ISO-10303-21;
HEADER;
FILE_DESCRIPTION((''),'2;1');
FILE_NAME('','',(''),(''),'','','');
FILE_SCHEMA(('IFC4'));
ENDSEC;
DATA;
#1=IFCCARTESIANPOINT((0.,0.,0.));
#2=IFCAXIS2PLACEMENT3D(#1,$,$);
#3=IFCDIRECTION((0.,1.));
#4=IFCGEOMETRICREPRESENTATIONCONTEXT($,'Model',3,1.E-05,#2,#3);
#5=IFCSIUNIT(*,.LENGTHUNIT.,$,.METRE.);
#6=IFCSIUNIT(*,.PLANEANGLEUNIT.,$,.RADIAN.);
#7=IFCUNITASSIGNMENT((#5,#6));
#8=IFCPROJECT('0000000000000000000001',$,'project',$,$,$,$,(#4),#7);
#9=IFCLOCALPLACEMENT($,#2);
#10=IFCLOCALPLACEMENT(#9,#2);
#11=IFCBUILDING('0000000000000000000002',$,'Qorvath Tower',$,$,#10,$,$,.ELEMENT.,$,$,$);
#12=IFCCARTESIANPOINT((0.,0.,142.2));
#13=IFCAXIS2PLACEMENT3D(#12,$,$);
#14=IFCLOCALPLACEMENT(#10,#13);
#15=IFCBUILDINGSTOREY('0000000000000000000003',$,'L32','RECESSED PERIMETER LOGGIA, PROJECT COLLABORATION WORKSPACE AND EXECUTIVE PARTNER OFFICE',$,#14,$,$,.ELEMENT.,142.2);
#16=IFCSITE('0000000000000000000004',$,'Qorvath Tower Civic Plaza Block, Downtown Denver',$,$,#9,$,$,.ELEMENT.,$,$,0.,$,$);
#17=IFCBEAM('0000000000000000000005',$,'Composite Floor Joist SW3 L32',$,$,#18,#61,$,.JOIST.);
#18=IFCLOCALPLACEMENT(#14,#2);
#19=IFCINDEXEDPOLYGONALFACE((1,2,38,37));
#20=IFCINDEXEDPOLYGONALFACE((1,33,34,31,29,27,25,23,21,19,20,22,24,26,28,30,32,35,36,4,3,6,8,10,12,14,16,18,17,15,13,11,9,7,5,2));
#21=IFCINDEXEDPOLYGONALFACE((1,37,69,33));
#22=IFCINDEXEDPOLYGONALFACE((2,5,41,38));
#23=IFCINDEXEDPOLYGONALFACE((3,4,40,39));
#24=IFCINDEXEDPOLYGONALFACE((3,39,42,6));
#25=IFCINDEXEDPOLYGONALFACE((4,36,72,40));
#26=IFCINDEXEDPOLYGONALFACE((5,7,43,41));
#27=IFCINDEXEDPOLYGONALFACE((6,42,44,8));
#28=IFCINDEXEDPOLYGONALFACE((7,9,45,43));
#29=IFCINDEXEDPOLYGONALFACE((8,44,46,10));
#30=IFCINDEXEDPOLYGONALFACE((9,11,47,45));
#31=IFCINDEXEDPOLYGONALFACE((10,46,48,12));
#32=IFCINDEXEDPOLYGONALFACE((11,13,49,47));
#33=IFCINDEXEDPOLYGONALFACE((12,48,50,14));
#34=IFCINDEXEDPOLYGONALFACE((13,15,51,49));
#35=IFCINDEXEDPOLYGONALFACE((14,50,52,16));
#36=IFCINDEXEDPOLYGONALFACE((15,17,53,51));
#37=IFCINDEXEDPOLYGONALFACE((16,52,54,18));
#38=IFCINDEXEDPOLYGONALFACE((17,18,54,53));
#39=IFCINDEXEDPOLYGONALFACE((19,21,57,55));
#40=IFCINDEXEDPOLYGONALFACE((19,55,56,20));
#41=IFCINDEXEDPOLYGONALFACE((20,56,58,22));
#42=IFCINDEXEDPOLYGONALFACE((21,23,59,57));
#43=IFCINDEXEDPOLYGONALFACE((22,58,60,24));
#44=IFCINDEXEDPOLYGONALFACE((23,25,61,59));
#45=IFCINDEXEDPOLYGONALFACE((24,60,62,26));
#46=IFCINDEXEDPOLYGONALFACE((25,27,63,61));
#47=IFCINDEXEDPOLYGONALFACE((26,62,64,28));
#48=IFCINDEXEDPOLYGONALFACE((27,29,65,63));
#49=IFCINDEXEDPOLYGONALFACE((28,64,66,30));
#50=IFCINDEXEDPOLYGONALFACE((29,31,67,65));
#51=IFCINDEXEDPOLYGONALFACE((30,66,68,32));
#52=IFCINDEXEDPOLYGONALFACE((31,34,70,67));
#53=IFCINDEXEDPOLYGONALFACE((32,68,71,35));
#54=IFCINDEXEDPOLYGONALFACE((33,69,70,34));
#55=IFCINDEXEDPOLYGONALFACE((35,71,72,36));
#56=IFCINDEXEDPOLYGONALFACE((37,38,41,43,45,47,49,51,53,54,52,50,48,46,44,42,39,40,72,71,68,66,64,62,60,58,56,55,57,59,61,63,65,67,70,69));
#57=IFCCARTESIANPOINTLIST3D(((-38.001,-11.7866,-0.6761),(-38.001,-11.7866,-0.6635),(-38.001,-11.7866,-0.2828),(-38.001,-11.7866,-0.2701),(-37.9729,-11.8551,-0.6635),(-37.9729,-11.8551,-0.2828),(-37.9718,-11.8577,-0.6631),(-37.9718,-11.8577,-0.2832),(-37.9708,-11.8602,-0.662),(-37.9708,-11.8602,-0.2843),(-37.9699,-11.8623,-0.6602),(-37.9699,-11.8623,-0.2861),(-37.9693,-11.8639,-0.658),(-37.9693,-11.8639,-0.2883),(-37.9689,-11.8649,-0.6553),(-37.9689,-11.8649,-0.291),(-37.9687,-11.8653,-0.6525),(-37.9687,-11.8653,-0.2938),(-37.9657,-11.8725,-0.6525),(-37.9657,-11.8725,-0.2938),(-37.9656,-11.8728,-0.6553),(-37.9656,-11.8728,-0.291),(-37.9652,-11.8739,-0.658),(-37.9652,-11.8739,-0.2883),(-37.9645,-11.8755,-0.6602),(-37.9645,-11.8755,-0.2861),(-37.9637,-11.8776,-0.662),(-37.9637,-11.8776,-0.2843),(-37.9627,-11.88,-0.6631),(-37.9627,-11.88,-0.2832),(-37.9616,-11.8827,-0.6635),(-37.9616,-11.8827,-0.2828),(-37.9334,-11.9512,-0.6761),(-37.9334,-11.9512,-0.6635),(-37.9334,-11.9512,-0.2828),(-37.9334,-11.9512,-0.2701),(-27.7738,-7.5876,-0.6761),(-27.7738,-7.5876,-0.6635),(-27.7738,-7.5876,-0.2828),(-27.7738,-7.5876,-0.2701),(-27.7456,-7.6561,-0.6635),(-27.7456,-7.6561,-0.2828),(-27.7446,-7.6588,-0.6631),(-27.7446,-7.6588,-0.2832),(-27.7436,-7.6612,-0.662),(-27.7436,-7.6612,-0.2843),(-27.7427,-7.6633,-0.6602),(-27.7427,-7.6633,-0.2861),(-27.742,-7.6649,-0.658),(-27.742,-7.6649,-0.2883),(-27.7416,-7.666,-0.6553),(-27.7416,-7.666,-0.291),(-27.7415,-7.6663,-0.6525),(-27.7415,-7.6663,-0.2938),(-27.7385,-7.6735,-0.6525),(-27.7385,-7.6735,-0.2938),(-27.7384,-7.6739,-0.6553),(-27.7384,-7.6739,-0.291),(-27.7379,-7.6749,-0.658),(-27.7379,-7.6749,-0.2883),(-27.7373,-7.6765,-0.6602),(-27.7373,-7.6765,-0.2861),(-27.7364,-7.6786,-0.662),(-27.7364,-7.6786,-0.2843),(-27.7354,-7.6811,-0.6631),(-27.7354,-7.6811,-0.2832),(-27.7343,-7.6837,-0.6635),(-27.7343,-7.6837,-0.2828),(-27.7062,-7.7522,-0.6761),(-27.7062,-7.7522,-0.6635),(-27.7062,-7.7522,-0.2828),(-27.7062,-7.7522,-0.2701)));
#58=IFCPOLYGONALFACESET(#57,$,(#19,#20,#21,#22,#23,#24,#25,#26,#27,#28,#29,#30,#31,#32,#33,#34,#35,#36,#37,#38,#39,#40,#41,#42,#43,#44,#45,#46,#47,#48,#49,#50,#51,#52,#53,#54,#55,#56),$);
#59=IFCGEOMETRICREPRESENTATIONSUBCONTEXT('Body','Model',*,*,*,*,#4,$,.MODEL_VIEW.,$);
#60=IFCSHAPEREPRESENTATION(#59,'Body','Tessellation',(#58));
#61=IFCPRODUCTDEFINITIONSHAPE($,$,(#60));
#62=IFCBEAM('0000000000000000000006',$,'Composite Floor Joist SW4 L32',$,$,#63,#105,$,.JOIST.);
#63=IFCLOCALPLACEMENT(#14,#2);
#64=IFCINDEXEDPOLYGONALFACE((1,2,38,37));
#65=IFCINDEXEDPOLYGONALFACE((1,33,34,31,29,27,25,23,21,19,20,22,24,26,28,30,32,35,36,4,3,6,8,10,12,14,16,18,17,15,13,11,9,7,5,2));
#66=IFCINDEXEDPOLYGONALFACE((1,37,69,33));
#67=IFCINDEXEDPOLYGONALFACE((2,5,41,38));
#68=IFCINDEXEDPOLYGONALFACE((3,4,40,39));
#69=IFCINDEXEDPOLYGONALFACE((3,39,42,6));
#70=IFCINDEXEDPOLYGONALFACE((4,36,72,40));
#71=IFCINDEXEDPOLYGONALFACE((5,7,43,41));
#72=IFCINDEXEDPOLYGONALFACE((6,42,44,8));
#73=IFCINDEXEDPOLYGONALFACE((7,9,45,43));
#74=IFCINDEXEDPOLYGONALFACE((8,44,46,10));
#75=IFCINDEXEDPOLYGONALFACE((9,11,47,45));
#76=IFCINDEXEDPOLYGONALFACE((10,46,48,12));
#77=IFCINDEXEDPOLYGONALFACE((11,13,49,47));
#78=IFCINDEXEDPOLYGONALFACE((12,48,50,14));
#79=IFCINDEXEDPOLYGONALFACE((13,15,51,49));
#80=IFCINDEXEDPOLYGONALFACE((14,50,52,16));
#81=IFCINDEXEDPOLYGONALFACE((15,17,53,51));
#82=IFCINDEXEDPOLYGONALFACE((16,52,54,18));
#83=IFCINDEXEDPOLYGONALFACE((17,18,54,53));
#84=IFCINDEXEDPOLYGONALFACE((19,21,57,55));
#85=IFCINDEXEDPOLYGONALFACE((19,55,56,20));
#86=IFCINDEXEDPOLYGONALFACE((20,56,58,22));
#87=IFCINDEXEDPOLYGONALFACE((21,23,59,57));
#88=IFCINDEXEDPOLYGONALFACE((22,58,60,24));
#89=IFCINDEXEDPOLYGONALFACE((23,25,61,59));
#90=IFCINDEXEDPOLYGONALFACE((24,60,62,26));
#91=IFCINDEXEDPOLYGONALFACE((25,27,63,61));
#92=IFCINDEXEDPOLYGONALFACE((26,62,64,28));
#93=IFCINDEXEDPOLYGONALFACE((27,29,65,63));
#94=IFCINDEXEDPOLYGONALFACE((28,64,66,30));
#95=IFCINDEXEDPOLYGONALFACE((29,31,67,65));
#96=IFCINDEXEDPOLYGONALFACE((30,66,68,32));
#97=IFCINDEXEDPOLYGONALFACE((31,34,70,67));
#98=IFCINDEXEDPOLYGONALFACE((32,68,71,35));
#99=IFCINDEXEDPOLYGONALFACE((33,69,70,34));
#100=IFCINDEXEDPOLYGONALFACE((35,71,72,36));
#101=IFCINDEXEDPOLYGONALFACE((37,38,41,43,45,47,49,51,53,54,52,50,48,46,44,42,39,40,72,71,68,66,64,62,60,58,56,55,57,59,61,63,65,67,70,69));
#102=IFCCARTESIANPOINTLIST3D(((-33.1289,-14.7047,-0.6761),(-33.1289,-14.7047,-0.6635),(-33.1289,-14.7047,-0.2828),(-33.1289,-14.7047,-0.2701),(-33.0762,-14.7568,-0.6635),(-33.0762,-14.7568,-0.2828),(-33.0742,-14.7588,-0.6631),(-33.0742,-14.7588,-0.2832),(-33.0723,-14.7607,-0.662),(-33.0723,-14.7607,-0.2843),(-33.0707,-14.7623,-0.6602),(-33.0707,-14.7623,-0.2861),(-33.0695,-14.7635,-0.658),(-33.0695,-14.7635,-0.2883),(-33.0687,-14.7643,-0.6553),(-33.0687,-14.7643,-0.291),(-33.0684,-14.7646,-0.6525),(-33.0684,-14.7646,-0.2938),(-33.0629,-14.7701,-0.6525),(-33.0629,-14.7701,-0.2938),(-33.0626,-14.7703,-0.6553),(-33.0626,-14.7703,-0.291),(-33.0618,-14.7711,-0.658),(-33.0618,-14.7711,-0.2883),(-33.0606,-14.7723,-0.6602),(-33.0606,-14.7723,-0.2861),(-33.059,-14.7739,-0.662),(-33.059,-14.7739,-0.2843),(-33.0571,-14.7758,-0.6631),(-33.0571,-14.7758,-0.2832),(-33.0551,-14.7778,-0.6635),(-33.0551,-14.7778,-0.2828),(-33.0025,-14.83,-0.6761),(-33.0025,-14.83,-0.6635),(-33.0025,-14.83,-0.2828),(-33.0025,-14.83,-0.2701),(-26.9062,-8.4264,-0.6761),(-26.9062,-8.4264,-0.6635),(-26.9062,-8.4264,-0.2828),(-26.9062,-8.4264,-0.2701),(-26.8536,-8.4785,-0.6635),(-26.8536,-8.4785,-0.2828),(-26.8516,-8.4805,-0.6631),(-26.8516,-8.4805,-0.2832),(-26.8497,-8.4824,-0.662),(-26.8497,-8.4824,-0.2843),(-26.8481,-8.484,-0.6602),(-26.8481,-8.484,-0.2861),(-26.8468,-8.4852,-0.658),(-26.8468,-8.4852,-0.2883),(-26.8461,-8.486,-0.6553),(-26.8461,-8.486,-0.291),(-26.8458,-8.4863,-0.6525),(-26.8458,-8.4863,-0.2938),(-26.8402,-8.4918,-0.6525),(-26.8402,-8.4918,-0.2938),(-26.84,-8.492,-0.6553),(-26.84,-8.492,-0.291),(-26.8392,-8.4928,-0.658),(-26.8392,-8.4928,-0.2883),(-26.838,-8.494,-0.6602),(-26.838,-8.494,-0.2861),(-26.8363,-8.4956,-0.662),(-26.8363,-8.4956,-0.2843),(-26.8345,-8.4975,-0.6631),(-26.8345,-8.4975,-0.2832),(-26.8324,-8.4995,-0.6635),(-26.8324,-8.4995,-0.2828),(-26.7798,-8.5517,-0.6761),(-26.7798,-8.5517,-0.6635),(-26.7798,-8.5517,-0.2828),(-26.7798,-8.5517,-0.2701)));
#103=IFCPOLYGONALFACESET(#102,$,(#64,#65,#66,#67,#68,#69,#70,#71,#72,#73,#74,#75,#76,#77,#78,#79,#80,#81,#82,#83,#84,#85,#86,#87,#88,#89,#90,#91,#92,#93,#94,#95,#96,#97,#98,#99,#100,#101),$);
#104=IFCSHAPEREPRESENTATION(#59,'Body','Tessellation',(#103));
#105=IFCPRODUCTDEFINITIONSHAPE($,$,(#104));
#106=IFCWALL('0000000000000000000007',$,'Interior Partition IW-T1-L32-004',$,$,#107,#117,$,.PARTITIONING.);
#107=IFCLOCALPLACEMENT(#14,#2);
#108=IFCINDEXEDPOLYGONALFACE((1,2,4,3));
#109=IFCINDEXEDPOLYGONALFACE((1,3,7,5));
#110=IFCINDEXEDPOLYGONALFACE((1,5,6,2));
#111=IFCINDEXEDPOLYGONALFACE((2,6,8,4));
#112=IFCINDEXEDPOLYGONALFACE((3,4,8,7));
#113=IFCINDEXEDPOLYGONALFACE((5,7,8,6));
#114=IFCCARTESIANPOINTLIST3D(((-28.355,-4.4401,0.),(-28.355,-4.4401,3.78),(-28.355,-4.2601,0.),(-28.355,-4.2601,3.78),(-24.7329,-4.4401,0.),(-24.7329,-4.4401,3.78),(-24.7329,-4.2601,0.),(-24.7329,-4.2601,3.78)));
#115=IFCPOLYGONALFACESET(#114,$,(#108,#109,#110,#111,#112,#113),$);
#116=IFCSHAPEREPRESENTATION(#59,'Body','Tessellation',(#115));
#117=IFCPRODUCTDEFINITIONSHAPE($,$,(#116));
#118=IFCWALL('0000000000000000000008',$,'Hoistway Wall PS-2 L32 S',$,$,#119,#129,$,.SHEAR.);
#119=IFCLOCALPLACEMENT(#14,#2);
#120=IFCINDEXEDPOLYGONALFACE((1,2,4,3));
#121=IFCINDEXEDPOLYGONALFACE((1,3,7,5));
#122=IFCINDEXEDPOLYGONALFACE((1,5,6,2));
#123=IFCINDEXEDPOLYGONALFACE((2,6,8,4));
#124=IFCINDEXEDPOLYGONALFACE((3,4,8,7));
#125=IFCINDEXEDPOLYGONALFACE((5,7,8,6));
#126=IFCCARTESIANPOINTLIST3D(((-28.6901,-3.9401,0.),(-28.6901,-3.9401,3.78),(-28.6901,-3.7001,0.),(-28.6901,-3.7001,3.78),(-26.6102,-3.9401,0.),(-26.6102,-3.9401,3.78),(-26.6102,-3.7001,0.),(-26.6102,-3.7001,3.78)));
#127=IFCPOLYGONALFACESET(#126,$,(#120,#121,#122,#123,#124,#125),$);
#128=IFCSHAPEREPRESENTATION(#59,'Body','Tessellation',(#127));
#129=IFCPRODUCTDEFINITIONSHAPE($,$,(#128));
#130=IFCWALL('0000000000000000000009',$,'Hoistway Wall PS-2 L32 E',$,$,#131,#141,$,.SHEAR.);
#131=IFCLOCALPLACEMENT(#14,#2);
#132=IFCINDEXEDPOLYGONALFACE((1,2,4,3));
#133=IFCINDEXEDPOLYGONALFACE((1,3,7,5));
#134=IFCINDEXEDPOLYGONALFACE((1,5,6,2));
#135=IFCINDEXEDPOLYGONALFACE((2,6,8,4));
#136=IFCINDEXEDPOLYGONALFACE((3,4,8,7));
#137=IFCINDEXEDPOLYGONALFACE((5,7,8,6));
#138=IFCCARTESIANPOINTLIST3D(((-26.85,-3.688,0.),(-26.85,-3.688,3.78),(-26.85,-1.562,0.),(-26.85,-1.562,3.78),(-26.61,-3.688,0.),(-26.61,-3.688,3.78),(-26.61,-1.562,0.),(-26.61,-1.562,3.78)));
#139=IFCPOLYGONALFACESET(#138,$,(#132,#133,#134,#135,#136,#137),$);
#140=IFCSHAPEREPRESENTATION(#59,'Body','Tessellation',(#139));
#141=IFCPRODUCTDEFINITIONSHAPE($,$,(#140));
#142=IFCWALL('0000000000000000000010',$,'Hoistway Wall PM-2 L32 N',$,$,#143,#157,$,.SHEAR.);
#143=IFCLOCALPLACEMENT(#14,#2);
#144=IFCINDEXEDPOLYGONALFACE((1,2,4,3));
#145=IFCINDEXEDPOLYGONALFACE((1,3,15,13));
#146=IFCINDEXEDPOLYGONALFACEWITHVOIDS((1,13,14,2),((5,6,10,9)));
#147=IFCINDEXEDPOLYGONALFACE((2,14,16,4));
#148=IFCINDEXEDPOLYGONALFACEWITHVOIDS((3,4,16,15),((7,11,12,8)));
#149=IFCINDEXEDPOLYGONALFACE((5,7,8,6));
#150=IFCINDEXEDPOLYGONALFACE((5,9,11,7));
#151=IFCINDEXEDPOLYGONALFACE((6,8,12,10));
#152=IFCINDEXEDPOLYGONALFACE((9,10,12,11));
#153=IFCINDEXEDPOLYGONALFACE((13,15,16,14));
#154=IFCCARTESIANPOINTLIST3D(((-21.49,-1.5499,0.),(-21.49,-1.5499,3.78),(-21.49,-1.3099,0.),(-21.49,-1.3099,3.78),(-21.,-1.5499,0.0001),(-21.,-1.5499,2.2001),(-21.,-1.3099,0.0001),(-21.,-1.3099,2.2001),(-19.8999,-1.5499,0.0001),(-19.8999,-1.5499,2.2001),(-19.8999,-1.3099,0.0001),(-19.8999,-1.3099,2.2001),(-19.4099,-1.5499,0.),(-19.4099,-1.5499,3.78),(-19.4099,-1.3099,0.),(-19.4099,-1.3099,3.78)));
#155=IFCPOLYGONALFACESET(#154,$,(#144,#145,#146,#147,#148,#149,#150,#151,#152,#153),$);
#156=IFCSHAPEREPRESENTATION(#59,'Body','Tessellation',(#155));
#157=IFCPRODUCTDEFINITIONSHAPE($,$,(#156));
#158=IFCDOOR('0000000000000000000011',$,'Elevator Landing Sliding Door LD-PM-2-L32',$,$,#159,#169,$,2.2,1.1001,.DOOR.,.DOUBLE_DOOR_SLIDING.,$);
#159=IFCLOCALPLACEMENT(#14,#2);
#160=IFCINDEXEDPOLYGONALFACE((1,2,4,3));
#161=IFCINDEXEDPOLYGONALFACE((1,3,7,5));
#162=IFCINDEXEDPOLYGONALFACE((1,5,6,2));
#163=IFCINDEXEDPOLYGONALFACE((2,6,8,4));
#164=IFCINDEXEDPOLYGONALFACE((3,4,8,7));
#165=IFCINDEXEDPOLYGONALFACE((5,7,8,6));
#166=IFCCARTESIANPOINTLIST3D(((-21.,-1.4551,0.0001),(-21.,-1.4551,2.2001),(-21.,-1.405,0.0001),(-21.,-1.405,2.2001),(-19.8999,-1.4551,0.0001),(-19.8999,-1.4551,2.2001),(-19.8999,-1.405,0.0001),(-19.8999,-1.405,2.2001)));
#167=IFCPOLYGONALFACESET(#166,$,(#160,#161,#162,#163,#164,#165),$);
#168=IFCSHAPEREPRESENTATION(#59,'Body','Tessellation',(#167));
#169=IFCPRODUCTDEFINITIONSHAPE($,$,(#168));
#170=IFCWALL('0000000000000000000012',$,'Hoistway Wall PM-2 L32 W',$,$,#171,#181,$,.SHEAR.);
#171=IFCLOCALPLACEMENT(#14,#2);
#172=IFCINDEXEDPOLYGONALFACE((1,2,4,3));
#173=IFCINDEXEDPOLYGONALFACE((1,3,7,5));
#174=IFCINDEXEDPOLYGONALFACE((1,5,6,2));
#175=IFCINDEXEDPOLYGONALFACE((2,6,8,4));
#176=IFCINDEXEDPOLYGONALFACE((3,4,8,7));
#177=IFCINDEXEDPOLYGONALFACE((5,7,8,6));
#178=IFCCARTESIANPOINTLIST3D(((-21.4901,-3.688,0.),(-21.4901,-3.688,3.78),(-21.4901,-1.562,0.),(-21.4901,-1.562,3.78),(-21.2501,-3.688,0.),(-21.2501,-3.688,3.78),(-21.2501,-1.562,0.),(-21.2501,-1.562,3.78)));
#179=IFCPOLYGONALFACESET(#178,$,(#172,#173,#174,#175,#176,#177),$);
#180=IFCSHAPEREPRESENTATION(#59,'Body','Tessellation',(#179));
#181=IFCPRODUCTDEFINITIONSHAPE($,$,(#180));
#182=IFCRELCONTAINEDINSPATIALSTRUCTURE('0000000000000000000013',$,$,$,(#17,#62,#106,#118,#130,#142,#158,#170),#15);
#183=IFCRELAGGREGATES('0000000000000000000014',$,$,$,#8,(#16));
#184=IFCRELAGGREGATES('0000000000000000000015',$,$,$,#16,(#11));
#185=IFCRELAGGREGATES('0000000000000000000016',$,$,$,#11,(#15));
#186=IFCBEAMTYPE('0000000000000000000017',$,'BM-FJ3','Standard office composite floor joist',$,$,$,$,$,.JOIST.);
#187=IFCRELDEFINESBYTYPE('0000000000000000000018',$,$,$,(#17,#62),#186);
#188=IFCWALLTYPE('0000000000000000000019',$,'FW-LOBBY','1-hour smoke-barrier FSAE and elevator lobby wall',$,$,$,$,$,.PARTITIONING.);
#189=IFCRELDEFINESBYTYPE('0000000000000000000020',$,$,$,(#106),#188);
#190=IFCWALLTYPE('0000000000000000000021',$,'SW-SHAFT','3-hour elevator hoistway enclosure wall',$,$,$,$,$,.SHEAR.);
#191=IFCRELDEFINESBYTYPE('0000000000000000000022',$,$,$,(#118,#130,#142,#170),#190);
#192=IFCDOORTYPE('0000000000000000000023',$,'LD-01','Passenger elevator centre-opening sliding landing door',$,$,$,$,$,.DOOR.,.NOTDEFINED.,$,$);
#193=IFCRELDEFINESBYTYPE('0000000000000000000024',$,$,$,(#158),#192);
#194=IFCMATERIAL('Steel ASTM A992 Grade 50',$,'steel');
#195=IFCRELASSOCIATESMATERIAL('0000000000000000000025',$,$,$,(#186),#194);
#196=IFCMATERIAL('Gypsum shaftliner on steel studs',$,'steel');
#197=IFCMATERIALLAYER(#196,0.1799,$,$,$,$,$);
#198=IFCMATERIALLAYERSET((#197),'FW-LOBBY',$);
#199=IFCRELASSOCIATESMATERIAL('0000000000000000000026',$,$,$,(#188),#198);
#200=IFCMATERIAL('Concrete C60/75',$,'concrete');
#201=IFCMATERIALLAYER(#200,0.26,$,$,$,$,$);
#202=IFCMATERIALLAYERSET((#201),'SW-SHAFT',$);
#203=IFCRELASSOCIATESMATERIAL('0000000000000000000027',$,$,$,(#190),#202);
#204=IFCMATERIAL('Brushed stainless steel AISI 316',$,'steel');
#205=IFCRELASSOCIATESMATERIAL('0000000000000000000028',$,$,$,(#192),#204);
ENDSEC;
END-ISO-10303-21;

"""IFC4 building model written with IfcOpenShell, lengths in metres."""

from ifc_helpers import new_model, si_unit, direction, frame, frame_2d, origin, origin_2d, place, context, subcontext, project, spatial, rectangle, i_section, extrude, material, layer, layer_set, material_profile, profile_set, type_object, element, fill, save


model = new_model("IFC4")

# Units and contexts
model_context = context("Model", 3, precision=1e-05, world=origin(), true_north=direction((0.0, 1.0)))
body_context = subcontext(model_context, "Body", "Model", "MODEL_VIEW")
ifc_project = project(units=[si_unit("LENGTHUNIT", "METRE"), si_unit("PLANEANGLEUNIT", "RADIAN")], contexts=[model_context])

# Site, building, storey
site_placement = place(None, origin())
site = spatial("IfcSite", under=ifc_project, at=site_placement, Name="Qorvath Tower Civic Plaza Block, Downtown Denver", CompositionType="ELEMENT", RefElevation=0.0)
building_placement = place(site_placement, origin())
building = spatial("IfcBuilding", under=site, at=building_placement, Name="Qorvath Tower", CompositionType="ELEMENT")
storey_placement = place(building_placement, frame((0.0, 0.0, 142.2)))
storey = spatial("IfcBuildingStorey", under=building, at=storey_placement, Name="L32", Description="RECESSED PERIMETER LOGGIA, PROJECT COLLABORATION WORKSPACE AND EXECUTIVE PARTNER OFFICE", CompositionType="ELEMENT", Elevation=142.2)

# Beams
ifc_material_1 = material(Name="Steel ASTM A992 Grade 50", Category="steel")
ifc_material_profile = material_profile(ifc_material_1, i_section(OverallWidth=0.178, OverallDepth=0.406, WebThickness=0.0078, FlangeThickness=0.0127, FilletRadius=0.011, at=origin_2d()), Name="W16x40")
ifc_profile_set = profile_set([ifc_material_profile], Name="Steel ASTM A992 Grade 50")
beam_type = type_object("IfcBeamType", Name="BM-FJ3", Description="Standard office composite floor joist", PredefinedType="JOIST", material=ifc_profile_set)
beam_1_placement = place(storey_placement, frame((-27.74, -7.6699, -0.4731), z_axis=(-0.925068, -0.379801, 0.0), x_axis=(0.379801, -0.925068, 0.0)))
element("IfcBeam", 1, at=beam_1_placement, inside=storey, type_object=beam_type, Name="Composite Floor Joist SW3 L32", PredefinedType="JOIST", context=body_context, shape_type="SweptSolid", body=[
    extrude(i_section(OverallWidth=0.178, OverallDepth=0.406, WebThickness=0.0078, FlangeThickness=0.0127, FilletRadius=0.011, at=origin_2d()), origin(), (0.0, 0.0, 1.0), 11.0557),
])
beam_2_placement = place(storey_placement, frame((-26.843, -8.489, -0.4731), z_axis=(-0.703951, -0.710248, 0.0), x_axis=(0.710248, -0.703951, 0.0)))
element("IfcBeam", 2, at=beam_2_placement, inside=storey, type_object=beam_type, Name="Composite Floor Joist SW4 L32", PredefinedType="JOIST", context=body_context, shape_type="SweptSolid", body=[
    extrude(i_section(OverallWidth=0.178, OverallDepth=0.406, WebThickness=0.0078, FlangeThickness=0.0127, FilletRadius=0.011, at=origin_2d()), origin(), (0.0, 0.0, 1.0), 8.8396),
])

# Walls
ifc_material_2 = material(Name="Gypsum shaftliner on steel studs", Category="steel")
ifc_layer_1 = layer(ifc_material_2, 0.1799)
ifc_layer_set_1 = layer_set([ifc_layer_1], Name="FW-LOBBY")
wall_type_1 = type_object("IfcWallType", Name="FW-LOBBY", Description="1-hour smoke-barrier FSAE and elevator lobby wall", PredefinedType="PARTITIONING", material=ifc_layer_set_1)
wall_1_placement = place(storey_placement, frame((-24.7329, -4.3501, 0.0), z_axis=(0.0, 0.0, 1.0), x_axis=(-1.0, 0.0, 0.0)))
element("IfcWall", 3, at=wall_1_placement, inside=storey, type_object=wall_type_1, Name="Interior Partition IW-T1-L32-004", PredefinedType="PARTITIONING", context=body_context, shape_type="SweptSolid", body=[
    extrude(rectangle(XDim=3.6221, YDim=0.1799, at=frame_2d((1.811, 0.0))), origin(), (0.0, 0.0, 1.0), 3.78),
])
ifc_material_3 = material(Name="Concrete C60/75", Category="concrete")
ifc_layer_2 = layer(ifc_material_3, 0.26)
ifc_layer_set_2 = layer_set([ifc_layer_2], Name="SW-SHAFT")
wall_type_2 = type_object("IfcWallType", Name="SW-SHAFT", Description="3-hour elevator hoistway enclosure wall", PredefinedType="SHEAR", material=ifc_layer_set_2)
wall_2_placement = place(storey_placement, frame((-26.6101, -3.8201, 0.0), z_axis=(0.0, 0.0, 1.0), x_axis=(-1.0, 0.0, 0.0)))
element("IfcWall", 4, at=wall_2_placement, inside=storey, type_object=wall_type_2, Name="Hoistway Wall PS-2 L32 S", PredefinedType="SHEAR", context=body_context, shape_type="SweptSolid", body=[
    extrude(rectangle(XDim=2.0798, YDim=0.24, at=frame_2d((1.04, 0.0))), origin(), (0.0, 0.0, 1.0), 3.78),
])
wall_3_placement = place(storey_placement, frame((-26.73, -1.562, 0.0), z_axis=(0.0, 0.0, 1.0), x_axis=(0.0, -1.0, 0.0)))
element("IfcWall", 5, at=wall_3_placement, inside=storey, type_object=wall_type_2, Name="Hoistway Wall PS-2 L32 E", PredefinedType="SHEAR", context=body_context, shape_type="SweptSolid", body=[
    extrude(rectangle(XDim=2.126, YDim=0.24, at=frame_2d((1.063, 0.0))), origin(), (0.0, 0.0, 1.0), 3.78),
])

# Wall, opening, door
wall_4_placement = place(storey_placement, frame((-21.49, -1.4299, 0.0), z_axis=(0.0, 0.0, 1.0), x_axis=(1.0, 0.0, 0.0)))
wall_4 = element("IfcWall", 6, at=wall_4_placement, inside=storey, type_object=wall_type_2, Name="Hoistway Wall PM-2 L32 N", PredefinedType="SHEAR", context=body_context, shape_type="SweptSolid", body=[
    extrude(rectangle(XDim=2.0801, YDim=0.24, at=frame_2d((1.04, 0.0))), origin(), (0.0, 0.0, 1.0), 3.78),
])
opening_1_placement = place(wall_4_placement, frame((0.49, 0.0, 0.0)))
opening_1 = element("IfcOpeningElement", 7, at=opening_1_placement, cuts=wall_4, PredefinedType="OPENING", context=body_context, shape_type="SweptSolid", body=[
    extrude(rectangle(XDim=1.1001, YDim=2.2, at=frame_2d((0.55, 1.1001))), frame((0.0, 0.1299, 0.0), z_axis=(0.0, -1.0, 0.0), x_axis=(1.0, 0.0, 0.0)), (0.0, 0.0, 1.0), 0.26),
])
ifc_material_4 = material(Name="Brushed stainless steel AISI 316", Category="steel")
door_type_1 = type_object("IfcDoorType", Name="LD-01", Description="Passenger elevator centre-opening sliding landing door", OperationType="NOTDEFINED", PredefinedType="DOOR", material=ifc_material_4)
door_1_placement = place(opening_1_placement, origin())
door_1 = element("IfcDoor", 8, at=door_1_placement, inside=storey, type_object=door_type_1, Name="Elevator Landing Sliding Door LD-PM-2-L32", OperationType="DOUBLE_DOOR_SLIDING", OverallHeight=2.2, OverallWidth=1.1001, PredefinedType="DOOR", context=body_context, shape_type="SweptSolid", body=[
    extrude(rectangle(XDim=1.1001, YDim=2.2, at=frame_2d((0.55, 1.1001))), frame((0.0, 0.0249, 0.0), z_axis=(0.0, -1.0, 0.0), x_axis=(1.0, 0.0, 0.0)), (0.0, 0.0, 1.0), 0.05),
])
fill(opening_1, door_1)

# Wall
wall_5_placement = place(storey_placement, frame((-21.3701, -3.688, 0.0), z_axis=(0.0, 0.0, 1.0), x_axis=(0.0, 1.0, 0.0)))
element("IfcWall", 9, at=wall_5_placement, inside=storey, type_object=wall_type_2, Name="Hoistway Wall PM-2 L32 W", PredefinedType="SHEAR", context=body_context, shape_type="SweptSolid", body=[
    extrude(rectangle(XDim=2.126, YDim=0.24, at=frame_2d((1.063, 0.0))), origin(), (0.0, 0.0, 1.0), 3.78),
])

save(model, "model.ifc")
